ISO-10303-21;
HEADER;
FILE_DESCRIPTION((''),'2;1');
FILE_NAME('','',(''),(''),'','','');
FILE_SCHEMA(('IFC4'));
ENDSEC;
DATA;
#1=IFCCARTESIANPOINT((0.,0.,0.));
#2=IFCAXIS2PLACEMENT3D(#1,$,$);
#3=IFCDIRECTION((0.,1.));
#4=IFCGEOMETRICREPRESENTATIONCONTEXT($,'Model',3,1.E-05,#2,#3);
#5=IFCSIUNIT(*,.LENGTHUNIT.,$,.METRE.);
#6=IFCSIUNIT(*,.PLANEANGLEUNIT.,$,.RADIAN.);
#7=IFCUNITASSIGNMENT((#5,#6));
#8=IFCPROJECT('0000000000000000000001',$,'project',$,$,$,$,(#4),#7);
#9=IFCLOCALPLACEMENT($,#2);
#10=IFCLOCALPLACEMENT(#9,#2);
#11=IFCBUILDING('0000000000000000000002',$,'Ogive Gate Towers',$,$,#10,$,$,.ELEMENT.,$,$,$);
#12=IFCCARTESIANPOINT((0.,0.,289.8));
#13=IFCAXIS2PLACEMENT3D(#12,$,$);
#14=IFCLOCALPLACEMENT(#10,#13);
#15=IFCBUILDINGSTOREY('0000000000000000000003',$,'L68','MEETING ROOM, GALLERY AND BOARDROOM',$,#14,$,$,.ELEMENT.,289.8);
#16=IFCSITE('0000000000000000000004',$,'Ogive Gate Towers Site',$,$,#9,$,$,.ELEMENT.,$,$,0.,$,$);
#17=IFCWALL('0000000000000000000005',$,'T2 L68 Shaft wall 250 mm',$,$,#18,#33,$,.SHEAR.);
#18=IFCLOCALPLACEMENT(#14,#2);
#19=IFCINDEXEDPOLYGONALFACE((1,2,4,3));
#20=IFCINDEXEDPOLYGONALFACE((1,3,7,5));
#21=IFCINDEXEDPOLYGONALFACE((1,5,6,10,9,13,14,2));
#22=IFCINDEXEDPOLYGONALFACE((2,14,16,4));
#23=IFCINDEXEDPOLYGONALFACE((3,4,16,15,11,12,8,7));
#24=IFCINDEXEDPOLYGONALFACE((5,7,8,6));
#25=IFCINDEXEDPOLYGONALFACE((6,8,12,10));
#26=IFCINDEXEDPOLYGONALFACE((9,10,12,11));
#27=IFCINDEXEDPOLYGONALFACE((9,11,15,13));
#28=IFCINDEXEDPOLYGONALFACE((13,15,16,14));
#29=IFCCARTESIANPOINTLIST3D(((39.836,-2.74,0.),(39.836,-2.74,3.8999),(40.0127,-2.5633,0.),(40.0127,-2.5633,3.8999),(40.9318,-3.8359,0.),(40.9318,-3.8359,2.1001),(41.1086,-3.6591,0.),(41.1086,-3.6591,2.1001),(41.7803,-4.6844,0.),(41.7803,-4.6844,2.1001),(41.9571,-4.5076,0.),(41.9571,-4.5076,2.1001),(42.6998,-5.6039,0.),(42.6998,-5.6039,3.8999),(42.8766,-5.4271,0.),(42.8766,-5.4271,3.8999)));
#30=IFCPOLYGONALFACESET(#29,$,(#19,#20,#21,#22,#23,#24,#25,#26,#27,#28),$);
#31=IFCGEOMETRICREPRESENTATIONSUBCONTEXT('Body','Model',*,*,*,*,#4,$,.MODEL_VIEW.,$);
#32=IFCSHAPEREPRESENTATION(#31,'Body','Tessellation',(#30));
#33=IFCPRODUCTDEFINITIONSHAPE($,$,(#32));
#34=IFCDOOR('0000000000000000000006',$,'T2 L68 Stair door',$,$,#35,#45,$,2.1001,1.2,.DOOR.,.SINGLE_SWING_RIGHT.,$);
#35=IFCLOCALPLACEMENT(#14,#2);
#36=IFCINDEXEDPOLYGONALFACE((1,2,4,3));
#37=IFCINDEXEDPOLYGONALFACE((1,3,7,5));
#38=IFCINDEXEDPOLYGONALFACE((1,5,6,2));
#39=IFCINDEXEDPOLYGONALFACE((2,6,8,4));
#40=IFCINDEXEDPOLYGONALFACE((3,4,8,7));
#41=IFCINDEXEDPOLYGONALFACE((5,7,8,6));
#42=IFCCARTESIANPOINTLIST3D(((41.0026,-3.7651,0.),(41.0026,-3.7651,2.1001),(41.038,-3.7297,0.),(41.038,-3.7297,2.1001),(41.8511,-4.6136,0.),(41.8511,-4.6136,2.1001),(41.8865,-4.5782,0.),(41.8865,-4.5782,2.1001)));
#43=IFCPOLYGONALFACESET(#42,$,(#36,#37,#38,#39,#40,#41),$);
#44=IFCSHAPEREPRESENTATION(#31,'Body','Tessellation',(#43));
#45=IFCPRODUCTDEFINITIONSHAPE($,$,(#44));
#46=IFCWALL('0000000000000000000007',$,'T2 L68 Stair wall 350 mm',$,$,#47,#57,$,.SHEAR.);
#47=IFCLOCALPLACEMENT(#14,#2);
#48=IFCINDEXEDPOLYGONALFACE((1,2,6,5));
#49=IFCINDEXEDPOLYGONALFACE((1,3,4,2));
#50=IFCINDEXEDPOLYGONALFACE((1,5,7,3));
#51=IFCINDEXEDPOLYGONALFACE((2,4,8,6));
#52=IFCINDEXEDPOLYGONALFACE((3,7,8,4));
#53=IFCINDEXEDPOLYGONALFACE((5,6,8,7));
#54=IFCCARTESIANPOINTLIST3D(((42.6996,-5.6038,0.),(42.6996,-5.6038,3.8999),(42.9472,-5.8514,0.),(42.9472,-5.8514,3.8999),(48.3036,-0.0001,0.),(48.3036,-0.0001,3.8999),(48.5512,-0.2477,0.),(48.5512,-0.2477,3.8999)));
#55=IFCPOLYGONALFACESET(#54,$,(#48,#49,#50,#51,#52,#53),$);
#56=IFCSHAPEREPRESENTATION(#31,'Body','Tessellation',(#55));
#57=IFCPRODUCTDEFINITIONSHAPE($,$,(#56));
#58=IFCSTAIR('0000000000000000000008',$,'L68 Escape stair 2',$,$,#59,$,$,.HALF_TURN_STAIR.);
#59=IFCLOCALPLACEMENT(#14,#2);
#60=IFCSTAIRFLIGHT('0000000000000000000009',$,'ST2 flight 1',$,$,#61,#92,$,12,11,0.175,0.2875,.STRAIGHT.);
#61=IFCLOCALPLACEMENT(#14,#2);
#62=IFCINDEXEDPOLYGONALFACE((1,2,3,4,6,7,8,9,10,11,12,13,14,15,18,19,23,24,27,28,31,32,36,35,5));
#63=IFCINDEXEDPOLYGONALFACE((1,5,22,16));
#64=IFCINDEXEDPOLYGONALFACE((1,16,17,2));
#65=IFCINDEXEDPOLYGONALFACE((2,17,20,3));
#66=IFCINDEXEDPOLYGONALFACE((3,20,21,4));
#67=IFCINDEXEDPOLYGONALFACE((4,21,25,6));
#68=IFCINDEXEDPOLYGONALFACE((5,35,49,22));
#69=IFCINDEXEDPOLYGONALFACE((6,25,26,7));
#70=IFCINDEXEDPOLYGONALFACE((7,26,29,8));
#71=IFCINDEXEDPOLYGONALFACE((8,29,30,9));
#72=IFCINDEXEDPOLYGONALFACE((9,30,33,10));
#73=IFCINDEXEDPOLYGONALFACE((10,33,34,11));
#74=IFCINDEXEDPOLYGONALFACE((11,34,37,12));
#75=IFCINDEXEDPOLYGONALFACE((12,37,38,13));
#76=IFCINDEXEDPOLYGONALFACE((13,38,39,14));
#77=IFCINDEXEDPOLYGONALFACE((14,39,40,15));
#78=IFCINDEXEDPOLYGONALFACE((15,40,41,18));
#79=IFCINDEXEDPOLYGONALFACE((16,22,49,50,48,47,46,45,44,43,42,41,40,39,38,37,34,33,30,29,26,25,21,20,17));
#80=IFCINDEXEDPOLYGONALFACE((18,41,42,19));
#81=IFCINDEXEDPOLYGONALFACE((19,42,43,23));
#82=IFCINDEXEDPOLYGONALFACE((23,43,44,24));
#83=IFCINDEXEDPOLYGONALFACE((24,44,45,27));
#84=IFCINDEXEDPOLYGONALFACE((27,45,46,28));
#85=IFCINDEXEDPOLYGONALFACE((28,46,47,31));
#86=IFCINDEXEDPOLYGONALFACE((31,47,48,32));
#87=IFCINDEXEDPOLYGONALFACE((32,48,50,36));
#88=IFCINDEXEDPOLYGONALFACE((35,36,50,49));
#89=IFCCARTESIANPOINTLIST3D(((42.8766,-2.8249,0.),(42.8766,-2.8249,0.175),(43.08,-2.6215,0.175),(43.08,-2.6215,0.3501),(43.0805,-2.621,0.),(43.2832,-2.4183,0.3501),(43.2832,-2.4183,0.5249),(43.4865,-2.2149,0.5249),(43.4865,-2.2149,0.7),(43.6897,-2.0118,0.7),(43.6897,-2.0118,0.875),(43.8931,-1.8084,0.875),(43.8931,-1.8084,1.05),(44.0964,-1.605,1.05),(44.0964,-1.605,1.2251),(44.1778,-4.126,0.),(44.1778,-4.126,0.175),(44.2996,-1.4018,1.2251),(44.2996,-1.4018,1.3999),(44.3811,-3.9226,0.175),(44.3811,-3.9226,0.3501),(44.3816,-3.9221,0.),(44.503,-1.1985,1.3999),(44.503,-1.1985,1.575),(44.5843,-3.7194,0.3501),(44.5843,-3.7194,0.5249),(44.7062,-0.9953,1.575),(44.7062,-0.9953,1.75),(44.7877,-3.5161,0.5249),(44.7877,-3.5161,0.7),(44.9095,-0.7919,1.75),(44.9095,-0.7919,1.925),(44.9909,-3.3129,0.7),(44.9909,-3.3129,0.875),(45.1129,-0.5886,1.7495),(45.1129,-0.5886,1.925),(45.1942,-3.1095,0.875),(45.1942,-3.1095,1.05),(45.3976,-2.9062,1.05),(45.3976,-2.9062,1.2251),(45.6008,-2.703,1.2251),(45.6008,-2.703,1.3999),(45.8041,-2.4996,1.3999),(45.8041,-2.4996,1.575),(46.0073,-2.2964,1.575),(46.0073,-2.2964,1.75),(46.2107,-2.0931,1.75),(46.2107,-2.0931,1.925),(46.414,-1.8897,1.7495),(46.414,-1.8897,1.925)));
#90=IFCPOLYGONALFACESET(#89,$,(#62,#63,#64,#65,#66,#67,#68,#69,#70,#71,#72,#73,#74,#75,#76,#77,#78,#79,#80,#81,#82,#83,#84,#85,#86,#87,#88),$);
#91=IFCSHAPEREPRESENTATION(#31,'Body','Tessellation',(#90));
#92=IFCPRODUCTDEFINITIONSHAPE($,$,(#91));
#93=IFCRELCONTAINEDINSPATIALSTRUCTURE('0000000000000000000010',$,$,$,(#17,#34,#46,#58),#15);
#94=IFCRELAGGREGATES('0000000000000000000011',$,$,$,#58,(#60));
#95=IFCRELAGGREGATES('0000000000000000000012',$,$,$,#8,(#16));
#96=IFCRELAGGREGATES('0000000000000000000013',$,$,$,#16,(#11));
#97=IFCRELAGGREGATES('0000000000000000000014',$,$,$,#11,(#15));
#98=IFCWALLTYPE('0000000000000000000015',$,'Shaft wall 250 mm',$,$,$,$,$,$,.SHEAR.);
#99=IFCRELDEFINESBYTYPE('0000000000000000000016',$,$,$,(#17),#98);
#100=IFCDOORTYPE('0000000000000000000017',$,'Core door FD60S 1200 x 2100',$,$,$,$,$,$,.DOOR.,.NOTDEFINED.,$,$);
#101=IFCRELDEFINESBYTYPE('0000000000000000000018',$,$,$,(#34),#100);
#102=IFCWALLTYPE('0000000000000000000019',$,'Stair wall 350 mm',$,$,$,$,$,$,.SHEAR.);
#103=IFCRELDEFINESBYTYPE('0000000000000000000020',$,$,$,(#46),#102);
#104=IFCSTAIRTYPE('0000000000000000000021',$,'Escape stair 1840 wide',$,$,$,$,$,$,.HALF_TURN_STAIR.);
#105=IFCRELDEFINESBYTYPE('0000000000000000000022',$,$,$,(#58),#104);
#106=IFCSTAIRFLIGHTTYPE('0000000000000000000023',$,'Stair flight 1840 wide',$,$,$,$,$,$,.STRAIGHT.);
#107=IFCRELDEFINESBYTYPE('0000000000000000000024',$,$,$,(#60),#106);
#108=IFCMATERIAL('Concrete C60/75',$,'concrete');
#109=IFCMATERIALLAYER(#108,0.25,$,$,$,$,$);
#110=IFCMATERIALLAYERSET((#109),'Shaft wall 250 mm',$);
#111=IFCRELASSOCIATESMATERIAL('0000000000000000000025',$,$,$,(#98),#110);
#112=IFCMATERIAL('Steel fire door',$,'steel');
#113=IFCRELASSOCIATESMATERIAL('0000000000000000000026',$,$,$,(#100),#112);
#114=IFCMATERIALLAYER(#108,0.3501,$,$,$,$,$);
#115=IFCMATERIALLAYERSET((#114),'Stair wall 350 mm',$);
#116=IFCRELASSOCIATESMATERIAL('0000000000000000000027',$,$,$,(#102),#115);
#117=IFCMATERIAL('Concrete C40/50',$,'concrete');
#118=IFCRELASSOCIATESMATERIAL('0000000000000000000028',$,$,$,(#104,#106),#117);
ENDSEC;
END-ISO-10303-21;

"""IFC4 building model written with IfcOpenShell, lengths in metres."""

from ifc_helpers import new_model, si_unit, direction, frame, frame_2d, origin, place, context, subcontext, project, spatial, polyline, rectangle, outline, extrude, material, layer, layer_set, type_object, element, fill, aggregate, save


model = new_model("IFC4")

# Units and contexts
model_context = context("Model", 3, precision=1e-05, world=origin(), true_north=direction((0.0, 1.0)))
body_context = subcontext(model_context, "Body", "Model", "MODEL_VIEW")
ifc_project = project(units=[si_unit("LENGTHUNIT", "METRE"), si_unit("PLANEANGLEUNIT", "RADIAN")], contexts=[model_context])

# Site, building, storey
site_placement = place(None, origin())
site = spatial("IfcSite", under=ifc_project, at=site_placement, Name="Ogive Gate Towers Site", CompositionType="ELEMENT", RefElevation=0.0)
building_placement = place(site_placement, origin())
building = spatial("IfcBuilding", under=site, at=building_placement, Name="Ogive Gate Towers", CompositionType="ELEMENT")
storey_placement = place(building_placement, frame((0.0, 0.0, 289.8)))
storey = spatial("IfcBuildingStorey", under=building, at=storey_placement, Name="L68", Description="MEETING ROOM, GALLERY AND BOARDROOM", CompositionType="ELEMENT", Elevation=289.8)

# Wall, opening, door
ifc_material_1 = material(Name="Concrete C60/75", Category="concrete")
ifc_layer_1 = layer(ifc_material_1, 0.25)
ifc_layer_set_1 = layer_set([ifc_layer_1], Name="Shaft wall 250 mm")
wall_type_1 = type_object("IfcWallType", Name="Shaft wall 250 mm", PredefinedType="SHEAR", material=ifc_layer_set_1)
wall_1_placement = place(storey_placement, frame((42.7881, -5.5154, 0.0), z_axis=(0.0, 0.0, 1.0), x_axis=(-0.707107, 0.707107, 0.0)))
wall_1 = element("IfcWall", 1, at=wall_1_placement, inside=storey, type_object=wall_type_1, Name="T2 L68 Shaft wall 250 mm", PredefinedType="SHEAR", context=body_context, shape_type="SweptSolid", body=[
    extrude(rectangle(XDim=4.05, YDim=0.25, at=frame_2d((2.0249, 0.0))), origin(), (0.0, 0.0, 1.0), 3.8999),
])
opening_1_placement = place(wall_1_placement, frame((1.3, 0.0, 0.0)))
opening_1 = element("IfcOpeningElement", 2, at=opening_1_placement, cuts=wall_1, PredefinedType="OPENING", context=body_context, shape_type="SweptSolid", body=[
    extrude(rectangle(XDim=1.2, YDim=2.1001, at=frame_2d((0.6001, 1.05))), frame((0.0, 0.135, 0.0), z_axis=(0.0, -1.0, 0.0), x_axis=(1.0, 0.0, 0.0)), (0.0, 0.0, 1.0), 0.27),
])
ifc_material_2 = material(Name="Steel fire door", Category="steel")
door_type_1 = type_object("IfcDoorType", Name="Core door FD60S 1200 x 2100", OperationType="NOTDEFINED", PredefinedType="DOOR", material=ifc_material_2)
door_1_placement = place(opening_1_placement, origin())
door_1 = element("IfcDoor", 3, at=door_1_placement, inside=storey, type_object=door_type_1, Name="T2 L68 Stair door", OperationType="SINGLE_SWING_RIGHT", OverallHeight=2.1001, OverallWidth=1.2, PredefinedType="DOOR", context=body_context, shape_type="SweptSolid", body=[
    extrude(rectangle(XDim=1.2, YDim=2.1001, at=frame_2d((0.6001, 1.05))), frame((0.0, 0.0249, 0.0), z_axis=(0.0, -1.0, 0.0), x_axis=(1.0, 0.0, 0.0)), (0.0, 0.0, 1.0), 0.05),
])
fill(opening_1, door_1)

# Wall
ifc_layer_2 = layer(ifc_material_1, 0.3501)
ifc_layer_set_2 = layer_set([ifc_layer_2], Name="Stair wall 350 mm")
wall_type_2 = type_object("IfcWallType", Name="Stair wall 350 mm", PredefinedType="SHEAR", material=ifc_layer_set_2)
wall_2_placement = place(storey_placement, frame((42.8235, -5.7275, 0.0), z_axis=(0.0, 0.0, 1.0), x_axis=(0.707122, 0.707091, 0.0)))
element("IfcWall", 4, at=wall_2_placement, inside=storey, type_object=wall_type_2, Name="T2 L68 Stair wall 350 mm", PredefinedType="SHEAR", context=body_context, shape_type="SweptSolid", body=[
    extrude(rectangle(XDim=7.925, YDim=0.3501, at=frame_2d((3.9624, 0.0))), origin(), (0.0, 0.0, 1.0), 3.8999),
])

# Stair, stair flight
ifc_material_3 = material(Name="Concrete C40/50", Category="concrete")
stair_type = type_object("IfcStairType", Name="Escape stair 1840 wide", PredefinedType="HALF_TURN_STAIR", material=ifc_material_3)
stair_placement = place(storey_placement, origin())
stair = element("IfcStair", 5, at=stair_placement, inside=storey, type_object=stair_type, Name="L68 Escape stair 2", PredefinedType="HALF_TURN_STAIR")
stair_flight_type = type_object("IfcStairFlightType", Name="Stair flight 1840 wide", PredefinedType="STRAIGHT", material=ifc_material_3)
stair_flight_placement = place(storey_placement, frame((43.5271, -3.4753, 0.0), z_axis=(0.0, 0.0, 1.0), x_axis=(0.707107, 0.707107, 0.0)))
stair_flight = element("IfcStairFlight", 6, at=stair_flight_placement, type_object=stair_flight_type, Name="ST2 flight 1", NumberOfRisers=12, NumberOfTreads=11, PredefinedType="STRAIGHT", RiserHeight=0.175, TreadLength=0.2875, context=body_context, shape_type="SweptSolid", body=[
    extrude(outline(polyline([(0.0, 0.0), (0.0, 0.175), (0.2876, 0.175), (0.2876, 0.3501), (0.575, 0.3501), (0.575, 0.5249), (0.8625, 0.5249), (0.8625, 0.7), (1.1499, 0.7), (1.1499, 0.875), (1.4375, 0.875), (1.4375, 1.05), (1.7251, 1.05), (1.7251, 1.2251), (2.0125, 1.2251), (2.0125, 1.3999), (2.3, 1.3999), (2.3, 1.575), (2.5874, 1.575), (2.5874, 1.75), (2.875, 1.75), (2.875, 1.925), (3.1626, 1.925), (3.1626, 2.1001), (3.1626, 1.7495), (0.2883, 0.0), (0.0, 0.0)])), frame((0.0, 0.9199, 0.0), z_axis=(0.0, -1.0, 0.0), x_axis=(1.0, 0.0, 0.0)), (0.0, 0.0, 1.0), 1.8401),
])
aggregate(stair, [stair_flight])

save(model, "model.ifc")
